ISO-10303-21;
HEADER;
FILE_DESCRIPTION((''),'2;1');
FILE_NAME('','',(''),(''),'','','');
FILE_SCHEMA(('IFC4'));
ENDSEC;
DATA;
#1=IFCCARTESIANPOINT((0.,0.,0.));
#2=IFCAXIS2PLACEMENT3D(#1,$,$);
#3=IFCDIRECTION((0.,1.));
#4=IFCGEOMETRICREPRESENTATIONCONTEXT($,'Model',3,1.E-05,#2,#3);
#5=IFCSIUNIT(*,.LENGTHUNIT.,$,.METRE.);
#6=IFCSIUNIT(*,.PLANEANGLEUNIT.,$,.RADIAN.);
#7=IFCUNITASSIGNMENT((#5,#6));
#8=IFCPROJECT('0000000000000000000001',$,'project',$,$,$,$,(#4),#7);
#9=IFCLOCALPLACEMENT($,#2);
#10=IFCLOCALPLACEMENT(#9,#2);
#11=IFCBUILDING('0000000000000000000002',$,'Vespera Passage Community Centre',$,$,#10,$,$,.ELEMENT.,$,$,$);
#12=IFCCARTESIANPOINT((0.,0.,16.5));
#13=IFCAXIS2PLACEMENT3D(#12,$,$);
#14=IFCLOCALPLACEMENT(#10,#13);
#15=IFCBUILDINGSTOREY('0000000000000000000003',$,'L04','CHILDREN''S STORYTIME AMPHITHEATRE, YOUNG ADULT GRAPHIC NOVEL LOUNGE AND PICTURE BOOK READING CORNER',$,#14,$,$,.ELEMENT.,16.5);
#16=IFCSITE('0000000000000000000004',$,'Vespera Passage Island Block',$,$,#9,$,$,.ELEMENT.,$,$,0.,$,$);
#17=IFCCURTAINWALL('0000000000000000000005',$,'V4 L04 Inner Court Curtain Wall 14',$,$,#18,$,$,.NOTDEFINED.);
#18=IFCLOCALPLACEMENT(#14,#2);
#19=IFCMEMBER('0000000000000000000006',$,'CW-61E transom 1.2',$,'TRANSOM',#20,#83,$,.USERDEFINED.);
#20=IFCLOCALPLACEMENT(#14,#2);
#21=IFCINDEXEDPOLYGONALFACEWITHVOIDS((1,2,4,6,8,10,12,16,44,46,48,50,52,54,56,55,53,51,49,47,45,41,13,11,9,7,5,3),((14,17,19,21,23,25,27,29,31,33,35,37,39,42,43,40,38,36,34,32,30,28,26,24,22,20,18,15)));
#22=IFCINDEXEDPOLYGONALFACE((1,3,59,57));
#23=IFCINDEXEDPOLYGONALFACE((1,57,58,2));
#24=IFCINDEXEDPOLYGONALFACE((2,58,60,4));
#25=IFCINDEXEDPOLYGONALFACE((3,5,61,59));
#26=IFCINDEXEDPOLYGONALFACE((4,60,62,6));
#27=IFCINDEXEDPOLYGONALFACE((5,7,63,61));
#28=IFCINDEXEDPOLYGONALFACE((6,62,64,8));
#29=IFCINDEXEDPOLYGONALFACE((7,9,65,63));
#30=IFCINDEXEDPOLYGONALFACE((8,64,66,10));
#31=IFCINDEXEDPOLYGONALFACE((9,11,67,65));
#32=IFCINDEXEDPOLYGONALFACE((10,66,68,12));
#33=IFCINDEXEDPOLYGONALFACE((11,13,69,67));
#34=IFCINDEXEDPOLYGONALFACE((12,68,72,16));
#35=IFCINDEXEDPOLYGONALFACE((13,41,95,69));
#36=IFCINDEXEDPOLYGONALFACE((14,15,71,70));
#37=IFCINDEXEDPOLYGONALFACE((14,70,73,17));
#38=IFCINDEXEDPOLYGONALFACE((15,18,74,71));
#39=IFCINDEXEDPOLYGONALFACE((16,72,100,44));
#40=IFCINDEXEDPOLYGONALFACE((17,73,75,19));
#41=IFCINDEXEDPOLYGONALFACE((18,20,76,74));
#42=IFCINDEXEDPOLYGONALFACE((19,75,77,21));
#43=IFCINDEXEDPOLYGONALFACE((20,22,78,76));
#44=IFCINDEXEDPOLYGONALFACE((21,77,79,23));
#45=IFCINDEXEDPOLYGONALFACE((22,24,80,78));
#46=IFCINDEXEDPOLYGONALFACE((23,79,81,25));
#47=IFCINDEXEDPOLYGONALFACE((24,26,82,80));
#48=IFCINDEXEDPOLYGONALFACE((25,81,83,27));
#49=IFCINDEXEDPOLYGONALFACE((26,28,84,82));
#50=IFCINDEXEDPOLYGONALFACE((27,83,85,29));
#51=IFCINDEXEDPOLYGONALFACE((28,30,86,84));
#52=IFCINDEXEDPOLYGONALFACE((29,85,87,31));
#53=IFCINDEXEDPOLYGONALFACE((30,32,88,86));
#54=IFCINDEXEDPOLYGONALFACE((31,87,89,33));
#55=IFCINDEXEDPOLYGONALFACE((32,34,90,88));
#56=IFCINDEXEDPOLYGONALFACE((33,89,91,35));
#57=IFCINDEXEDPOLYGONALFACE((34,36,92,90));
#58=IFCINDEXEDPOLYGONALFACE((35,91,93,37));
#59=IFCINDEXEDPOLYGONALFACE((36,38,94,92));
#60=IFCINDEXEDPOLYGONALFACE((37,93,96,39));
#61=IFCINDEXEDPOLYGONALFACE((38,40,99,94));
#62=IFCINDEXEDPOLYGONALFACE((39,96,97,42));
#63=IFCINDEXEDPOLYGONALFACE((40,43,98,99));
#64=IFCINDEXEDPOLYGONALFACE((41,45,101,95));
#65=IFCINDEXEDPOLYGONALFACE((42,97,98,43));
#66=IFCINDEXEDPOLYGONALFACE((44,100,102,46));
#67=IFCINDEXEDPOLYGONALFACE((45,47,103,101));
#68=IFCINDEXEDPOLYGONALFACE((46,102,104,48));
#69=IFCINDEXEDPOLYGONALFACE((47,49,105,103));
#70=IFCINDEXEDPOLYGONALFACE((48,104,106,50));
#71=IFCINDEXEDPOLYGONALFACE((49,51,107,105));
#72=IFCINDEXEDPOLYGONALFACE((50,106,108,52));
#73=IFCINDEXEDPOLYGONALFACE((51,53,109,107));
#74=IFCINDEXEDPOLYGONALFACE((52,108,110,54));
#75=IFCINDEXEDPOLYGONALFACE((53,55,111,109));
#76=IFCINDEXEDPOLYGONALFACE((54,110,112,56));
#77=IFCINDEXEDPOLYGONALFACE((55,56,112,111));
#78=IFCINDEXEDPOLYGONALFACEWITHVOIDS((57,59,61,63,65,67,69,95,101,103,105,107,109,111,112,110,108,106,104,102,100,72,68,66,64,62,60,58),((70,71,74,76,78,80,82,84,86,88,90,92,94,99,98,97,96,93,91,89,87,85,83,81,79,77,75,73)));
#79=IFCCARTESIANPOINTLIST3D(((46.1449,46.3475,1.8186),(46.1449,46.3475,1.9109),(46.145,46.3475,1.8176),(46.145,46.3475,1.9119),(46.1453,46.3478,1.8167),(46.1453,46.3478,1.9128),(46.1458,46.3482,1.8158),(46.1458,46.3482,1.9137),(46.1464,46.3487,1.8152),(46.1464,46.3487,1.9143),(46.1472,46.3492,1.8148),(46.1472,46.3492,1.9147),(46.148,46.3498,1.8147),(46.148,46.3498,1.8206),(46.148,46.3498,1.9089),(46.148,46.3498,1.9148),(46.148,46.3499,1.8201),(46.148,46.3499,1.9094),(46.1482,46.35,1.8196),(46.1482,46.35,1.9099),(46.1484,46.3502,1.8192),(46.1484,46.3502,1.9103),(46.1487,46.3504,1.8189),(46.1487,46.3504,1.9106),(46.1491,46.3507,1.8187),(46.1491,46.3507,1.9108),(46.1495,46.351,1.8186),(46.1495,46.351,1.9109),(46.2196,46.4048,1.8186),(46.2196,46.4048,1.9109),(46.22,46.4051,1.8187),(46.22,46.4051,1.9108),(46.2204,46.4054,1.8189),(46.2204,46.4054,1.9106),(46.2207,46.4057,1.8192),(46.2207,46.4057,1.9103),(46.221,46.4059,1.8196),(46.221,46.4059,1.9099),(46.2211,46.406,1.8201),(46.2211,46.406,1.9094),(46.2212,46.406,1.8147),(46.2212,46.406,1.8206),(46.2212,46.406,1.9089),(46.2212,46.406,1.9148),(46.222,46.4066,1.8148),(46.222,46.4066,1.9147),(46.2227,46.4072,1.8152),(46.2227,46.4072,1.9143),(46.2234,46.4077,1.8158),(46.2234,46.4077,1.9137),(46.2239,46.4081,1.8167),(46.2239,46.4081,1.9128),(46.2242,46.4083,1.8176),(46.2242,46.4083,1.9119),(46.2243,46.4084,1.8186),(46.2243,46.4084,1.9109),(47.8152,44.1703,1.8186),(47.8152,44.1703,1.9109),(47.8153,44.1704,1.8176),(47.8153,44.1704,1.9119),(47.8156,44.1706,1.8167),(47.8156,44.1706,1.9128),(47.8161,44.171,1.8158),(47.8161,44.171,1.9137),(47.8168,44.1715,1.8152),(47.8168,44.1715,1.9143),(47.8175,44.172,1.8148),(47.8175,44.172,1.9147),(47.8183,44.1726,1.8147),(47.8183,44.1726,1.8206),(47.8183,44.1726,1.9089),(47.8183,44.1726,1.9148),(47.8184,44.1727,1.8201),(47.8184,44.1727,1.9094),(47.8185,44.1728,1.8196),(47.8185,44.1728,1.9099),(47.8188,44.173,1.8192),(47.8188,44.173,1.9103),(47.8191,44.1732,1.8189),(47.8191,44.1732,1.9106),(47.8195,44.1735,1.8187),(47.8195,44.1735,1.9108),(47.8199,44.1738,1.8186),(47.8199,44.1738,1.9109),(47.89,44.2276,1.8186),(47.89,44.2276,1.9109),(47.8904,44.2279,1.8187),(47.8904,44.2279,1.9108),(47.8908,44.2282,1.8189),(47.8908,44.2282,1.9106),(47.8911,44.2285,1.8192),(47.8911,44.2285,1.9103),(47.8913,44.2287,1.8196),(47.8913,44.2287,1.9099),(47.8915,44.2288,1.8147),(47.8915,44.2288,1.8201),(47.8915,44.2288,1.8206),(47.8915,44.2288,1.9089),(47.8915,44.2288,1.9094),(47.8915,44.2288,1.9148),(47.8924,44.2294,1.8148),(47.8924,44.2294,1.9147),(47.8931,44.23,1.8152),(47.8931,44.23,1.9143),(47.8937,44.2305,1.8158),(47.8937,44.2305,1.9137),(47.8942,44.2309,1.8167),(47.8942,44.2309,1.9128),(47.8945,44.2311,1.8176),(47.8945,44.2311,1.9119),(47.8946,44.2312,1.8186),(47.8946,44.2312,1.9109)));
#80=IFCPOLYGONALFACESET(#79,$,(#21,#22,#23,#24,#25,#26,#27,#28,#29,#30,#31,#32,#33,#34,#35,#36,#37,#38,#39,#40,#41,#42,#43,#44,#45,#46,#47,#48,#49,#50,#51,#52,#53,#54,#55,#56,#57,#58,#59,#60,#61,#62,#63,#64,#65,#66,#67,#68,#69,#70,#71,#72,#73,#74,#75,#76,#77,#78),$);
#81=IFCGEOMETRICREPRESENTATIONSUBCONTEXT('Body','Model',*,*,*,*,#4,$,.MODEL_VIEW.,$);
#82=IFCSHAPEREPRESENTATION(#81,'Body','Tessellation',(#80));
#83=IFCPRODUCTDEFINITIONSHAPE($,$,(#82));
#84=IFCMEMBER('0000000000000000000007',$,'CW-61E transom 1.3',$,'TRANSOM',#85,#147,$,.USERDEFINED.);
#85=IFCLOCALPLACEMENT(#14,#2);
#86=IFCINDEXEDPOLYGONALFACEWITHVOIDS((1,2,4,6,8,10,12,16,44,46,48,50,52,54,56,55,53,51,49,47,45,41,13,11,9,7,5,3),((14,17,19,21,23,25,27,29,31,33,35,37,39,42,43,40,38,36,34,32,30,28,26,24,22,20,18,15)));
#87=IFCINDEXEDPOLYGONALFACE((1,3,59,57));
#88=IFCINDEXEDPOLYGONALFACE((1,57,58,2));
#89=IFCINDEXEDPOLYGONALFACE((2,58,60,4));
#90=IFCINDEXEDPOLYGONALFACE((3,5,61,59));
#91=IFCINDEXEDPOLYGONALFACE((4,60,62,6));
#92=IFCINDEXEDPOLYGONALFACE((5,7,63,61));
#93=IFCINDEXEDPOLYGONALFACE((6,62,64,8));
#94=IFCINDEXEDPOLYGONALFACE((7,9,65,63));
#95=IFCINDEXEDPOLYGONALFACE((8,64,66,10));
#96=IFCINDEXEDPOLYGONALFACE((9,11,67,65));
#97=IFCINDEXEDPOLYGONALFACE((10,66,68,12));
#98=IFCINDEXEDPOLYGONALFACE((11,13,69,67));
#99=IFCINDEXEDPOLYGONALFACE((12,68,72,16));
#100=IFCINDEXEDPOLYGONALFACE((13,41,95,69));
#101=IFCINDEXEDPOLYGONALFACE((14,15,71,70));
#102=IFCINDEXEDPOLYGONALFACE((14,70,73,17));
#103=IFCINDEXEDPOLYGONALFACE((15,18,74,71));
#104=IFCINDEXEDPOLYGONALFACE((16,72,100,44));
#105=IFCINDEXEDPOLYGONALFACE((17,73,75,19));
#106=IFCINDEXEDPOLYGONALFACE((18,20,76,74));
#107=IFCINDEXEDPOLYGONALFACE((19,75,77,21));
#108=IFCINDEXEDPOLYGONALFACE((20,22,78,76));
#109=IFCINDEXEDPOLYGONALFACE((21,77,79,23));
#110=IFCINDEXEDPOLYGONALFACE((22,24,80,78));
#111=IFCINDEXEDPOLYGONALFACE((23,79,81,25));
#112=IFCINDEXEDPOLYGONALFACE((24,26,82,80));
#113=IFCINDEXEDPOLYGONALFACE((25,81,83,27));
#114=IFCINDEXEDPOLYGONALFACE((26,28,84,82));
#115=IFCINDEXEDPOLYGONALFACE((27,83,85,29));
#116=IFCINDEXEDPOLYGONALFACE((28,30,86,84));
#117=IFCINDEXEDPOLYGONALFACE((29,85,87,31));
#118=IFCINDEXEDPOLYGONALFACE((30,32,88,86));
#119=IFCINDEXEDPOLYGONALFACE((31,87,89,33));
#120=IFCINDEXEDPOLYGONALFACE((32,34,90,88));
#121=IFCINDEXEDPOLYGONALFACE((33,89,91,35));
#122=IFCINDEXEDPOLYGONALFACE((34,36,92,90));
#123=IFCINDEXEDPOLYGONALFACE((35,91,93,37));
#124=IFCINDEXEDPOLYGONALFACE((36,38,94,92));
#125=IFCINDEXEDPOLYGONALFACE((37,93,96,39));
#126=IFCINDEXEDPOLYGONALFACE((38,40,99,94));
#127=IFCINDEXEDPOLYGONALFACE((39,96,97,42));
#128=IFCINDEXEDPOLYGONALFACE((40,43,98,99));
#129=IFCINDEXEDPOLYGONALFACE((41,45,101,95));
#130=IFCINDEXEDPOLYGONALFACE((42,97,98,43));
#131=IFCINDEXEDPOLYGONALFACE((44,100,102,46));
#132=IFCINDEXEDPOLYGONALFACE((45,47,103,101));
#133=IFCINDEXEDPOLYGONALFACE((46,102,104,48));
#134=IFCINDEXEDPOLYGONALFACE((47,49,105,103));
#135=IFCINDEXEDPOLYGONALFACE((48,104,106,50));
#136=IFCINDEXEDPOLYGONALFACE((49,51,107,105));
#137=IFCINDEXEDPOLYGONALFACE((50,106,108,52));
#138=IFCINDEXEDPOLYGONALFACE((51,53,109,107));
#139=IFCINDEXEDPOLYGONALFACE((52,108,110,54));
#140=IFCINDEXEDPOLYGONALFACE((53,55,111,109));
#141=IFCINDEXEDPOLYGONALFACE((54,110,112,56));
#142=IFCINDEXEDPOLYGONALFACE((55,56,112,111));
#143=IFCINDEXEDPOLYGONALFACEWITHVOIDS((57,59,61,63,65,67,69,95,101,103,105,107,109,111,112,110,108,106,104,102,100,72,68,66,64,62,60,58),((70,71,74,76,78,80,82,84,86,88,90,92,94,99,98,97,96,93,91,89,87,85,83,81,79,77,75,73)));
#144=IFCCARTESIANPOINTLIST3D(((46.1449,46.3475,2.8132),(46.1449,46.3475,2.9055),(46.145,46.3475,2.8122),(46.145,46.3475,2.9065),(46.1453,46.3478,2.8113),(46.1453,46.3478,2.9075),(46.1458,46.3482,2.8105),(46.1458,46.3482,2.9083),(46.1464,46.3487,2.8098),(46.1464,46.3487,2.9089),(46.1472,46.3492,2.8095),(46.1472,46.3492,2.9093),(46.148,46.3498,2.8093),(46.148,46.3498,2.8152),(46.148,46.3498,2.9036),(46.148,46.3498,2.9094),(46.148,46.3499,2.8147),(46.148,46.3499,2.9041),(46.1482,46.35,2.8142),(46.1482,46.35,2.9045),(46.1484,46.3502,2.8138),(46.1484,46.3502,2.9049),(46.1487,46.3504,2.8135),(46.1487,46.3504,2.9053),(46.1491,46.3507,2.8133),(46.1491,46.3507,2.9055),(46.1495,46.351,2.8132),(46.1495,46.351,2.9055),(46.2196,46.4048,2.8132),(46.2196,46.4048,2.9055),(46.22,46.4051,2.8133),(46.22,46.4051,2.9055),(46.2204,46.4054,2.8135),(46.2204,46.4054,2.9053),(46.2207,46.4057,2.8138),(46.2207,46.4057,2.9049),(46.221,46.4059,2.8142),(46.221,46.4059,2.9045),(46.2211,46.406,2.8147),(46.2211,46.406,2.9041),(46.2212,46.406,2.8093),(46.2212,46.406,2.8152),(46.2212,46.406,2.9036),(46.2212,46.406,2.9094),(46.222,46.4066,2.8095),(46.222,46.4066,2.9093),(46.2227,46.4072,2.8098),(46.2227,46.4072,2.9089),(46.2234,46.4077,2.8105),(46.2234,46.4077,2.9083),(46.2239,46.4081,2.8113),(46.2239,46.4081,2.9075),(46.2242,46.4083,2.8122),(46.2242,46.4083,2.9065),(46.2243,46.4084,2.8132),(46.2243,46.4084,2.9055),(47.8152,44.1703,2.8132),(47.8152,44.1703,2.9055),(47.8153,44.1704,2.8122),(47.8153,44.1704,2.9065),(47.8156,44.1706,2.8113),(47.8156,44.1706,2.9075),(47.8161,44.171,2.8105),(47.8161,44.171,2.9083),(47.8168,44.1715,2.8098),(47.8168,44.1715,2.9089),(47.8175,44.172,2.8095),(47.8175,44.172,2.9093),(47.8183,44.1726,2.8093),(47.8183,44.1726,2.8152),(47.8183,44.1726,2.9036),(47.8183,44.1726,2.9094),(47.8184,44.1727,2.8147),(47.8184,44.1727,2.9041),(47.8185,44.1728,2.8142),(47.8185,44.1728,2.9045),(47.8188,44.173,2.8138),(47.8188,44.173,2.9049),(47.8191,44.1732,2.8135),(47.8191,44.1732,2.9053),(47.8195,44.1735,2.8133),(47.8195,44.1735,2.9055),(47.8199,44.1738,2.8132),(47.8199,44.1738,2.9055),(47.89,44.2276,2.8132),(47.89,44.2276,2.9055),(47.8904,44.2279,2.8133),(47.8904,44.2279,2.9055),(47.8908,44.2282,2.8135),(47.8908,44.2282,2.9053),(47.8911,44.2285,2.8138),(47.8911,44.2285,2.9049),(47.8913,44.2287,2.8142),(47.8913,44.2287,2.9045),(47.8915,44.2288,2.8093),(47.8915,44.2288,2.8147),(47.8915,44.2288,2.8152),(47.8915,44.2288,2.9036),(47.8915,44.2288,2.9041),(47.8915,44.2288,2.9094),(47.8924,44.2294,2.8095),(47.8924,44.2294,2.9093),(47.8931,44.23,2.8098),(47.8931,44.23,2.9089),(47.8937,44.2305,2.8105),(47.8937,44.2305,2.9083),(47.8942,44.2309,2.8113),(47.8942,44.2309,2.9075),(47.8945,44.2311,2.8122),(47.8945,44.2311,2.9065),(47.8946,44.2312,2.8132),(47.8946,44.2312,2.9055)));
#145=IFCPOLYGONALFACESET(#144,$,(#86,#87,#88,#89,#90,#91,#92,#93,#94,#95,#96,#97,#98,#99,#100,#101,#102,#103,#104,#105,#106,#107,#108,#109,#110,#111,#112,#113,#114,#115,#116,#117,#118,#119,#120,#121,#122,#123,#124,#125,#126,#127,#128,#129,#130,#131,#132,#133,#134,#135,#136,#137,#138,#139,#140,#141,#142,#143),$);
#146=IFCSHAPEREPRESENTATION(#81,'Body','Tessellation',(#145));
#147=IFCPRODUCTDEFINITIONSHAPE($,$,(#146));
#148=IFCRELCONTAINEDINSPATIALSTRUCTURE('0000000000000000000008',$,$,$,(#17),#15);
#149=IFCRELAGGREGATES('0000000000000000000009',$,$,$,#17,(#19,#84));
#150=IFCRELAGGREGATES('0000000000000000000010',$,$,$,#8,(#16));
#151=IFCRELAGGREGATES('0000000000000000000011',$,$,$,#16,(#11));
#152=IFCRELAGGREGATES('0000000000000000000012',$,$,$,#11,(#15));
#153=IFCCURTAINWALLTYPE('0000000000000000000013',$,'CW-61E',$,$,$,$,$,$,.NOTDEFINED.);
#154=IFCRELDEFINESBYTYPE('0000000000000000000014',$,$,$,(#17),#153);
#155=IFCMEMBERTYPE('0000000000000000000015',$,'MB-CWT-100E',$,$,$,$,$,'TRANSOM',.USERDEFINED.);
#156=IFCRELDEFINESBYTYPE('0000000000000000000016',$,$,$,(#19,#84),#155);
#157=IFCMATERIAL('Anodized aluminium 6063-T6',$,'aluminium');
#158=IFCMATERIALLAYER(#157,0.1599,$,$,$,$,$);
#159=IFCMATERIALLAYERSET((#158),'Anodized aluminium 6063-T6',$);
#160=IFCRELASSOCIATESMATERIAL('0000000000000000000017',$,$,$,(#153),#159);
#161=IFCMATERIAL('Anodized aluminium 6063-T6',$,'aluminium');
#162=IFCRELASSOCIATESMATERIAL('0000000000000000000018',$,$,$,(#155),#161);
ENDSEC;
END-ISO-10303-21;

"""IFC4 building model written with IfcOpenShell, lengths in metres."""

from ifc_helpers import new_model, si_unit, direction, frame, origin, origin_2d, place, context, subcontext, project, spatial, hollow_rectangle, extrude, material, layer, layer_set, material_profile, profile_set, type_object, element, aggregate, save


model = new_model("IFC4")

# Units and contexts
model_context = context("Model", 3, precision=1e-05, world=origin(), true_north=direction((0.0, 1.0)))
body_context = subcontext(model_context, "Body", "Model", "MODEL_VIEW")
ifc_project = project(units=[si_unit("LENGTHUNIT", "METRE"), si_unit("PLANEANGLEUNIT", "RADIAN")], contexts=[model_context])

# Site, building, storey
site_placement = place(None, origin())
site = spatial("IfcSite", under=ifc_project, at=site_placement, Name="Vespera Passage Island Block", CompositionType="ELEMENT", RefElevation=0.0)
building_placement = place(site_placement, origin())
building = spatial("IfcBuilding", under=site, at=building_placement, Name="Vespera Passage Community Centre", CompositionType="ELEMENT")
storey_placement = place(building_placement, frame((0.0, 0.0, 16.5)))
storey = spatial("IfcBuildingStorey", under=building, at=storey_placement, Name="L04", Description="CHILDREN'S STORYTIME AMPHITHEATRE, YOUNG ADULT GRAPHIC NOVEL LOUNGE AND PICTURE BOOK READING CORNER", CompositionType="ELEMENT", Elevation=16.5)

# Curtain wall
ifc_material_1 = material(Name="Anodized aluminium 6063-T6", Category="aluminium")
ifc_layer_1 = layer(ifc_material_1, 0.1599)
ifc_layer_set_1 = layer_set([ifc_layer_1], Name="Anodized aluminium 6063-T6")
curtain_wall_type_1 = type_object("IfcCurtainWallType", Name="CW-61E", PredefinedType="NOTDEFINED", material=ifc_layer_set_1)
curtain_wall_1_placement = place(storey_placement, origin())
curtain_wall_1 = element("IfcCurtainWall", 1, at=curtain_wall_1_placement, inside=storey, type_object=curtain_wall_type_1, Name="V4 L04 Inner Court Curtain Wall 14", PredefinedType="NOTDEFINED")

# Members
ifc_material_2 = material(Name="Anodized aluminium 6063-T6", Category="aluminium")
ifc_material_profile_1 = material_profile(ifc_material_2, hollow_rectangle(XDim=0.1001, YDim=0.1001, WallThickness=0.0039, InnerFilletRadius=0.002, OuterFilletRadius=0.0039, at=origin_2d()), Name="ALU100X100X4")
ifc_profile_set_1 = profile_set([ifc_material_profile_1], Name="Anodized aluminium 6063-T6")
member_type_1 = type_object("IfcMemberType", Name="MB-CWT-100E", ElementType="TRANSOM", PredefinedType="USERDEFINED", material=ifc_profile_set_1)
member_1_placement = place(storey_placement, frame((46.1846, 46.3779, 1.8647), z_axis=(0.608704, -0.793397, 0.0), x_axis=(0.793397, 0.608704, 0.0)))
member_1 = element("IfcMember", 2, at=member_1_placement, type_object=member_type_1, Name="CW-61E transom 1.2", ObjectType="TRANSOM", PredefinedType="USERDEFINED", context=body_context, shape_type="SweptSolid", body=[
    extrude(hollow_rectangle(XDim=0.1001, YDim=0.1001, WallThickness=0.0039, InnerFilletRadius=0.002, OuterFilletRadius=0.0039, at=origin_2d()), origin(), (0.0, 0.0, 1.0), 2.7441),
])
member_2_placement = place(storey_placement, frame((46.1846, 46.3779, 2.8594), z_axis=(0.608704, -0.793397, 0.0), x_axis=(0.793397, 0.608704, 0.0)))
member_2 = element("IfcMember", 3, at=member_2_placement, type_object=member_type_1, Name="CW-61E transom 1.3", ObjectType="TRANSOM", PredefinedType="USERDEFINED", context=body_context, shape_type="SweptSolid", body=[
    extrude(hollow_rectangle(XDim=0.1001, YDim=0.1001, WallThickness=0.0039, InnerFilletRadius=0.002, OuterFilletRadius=0.0039, at=origin_2d()), origin(), (0.0, 0.0, 1.0), 2.7441),
])

aggregate(curtain_wall_1, [member_1, member_2])

save(model, "model.ifc")
